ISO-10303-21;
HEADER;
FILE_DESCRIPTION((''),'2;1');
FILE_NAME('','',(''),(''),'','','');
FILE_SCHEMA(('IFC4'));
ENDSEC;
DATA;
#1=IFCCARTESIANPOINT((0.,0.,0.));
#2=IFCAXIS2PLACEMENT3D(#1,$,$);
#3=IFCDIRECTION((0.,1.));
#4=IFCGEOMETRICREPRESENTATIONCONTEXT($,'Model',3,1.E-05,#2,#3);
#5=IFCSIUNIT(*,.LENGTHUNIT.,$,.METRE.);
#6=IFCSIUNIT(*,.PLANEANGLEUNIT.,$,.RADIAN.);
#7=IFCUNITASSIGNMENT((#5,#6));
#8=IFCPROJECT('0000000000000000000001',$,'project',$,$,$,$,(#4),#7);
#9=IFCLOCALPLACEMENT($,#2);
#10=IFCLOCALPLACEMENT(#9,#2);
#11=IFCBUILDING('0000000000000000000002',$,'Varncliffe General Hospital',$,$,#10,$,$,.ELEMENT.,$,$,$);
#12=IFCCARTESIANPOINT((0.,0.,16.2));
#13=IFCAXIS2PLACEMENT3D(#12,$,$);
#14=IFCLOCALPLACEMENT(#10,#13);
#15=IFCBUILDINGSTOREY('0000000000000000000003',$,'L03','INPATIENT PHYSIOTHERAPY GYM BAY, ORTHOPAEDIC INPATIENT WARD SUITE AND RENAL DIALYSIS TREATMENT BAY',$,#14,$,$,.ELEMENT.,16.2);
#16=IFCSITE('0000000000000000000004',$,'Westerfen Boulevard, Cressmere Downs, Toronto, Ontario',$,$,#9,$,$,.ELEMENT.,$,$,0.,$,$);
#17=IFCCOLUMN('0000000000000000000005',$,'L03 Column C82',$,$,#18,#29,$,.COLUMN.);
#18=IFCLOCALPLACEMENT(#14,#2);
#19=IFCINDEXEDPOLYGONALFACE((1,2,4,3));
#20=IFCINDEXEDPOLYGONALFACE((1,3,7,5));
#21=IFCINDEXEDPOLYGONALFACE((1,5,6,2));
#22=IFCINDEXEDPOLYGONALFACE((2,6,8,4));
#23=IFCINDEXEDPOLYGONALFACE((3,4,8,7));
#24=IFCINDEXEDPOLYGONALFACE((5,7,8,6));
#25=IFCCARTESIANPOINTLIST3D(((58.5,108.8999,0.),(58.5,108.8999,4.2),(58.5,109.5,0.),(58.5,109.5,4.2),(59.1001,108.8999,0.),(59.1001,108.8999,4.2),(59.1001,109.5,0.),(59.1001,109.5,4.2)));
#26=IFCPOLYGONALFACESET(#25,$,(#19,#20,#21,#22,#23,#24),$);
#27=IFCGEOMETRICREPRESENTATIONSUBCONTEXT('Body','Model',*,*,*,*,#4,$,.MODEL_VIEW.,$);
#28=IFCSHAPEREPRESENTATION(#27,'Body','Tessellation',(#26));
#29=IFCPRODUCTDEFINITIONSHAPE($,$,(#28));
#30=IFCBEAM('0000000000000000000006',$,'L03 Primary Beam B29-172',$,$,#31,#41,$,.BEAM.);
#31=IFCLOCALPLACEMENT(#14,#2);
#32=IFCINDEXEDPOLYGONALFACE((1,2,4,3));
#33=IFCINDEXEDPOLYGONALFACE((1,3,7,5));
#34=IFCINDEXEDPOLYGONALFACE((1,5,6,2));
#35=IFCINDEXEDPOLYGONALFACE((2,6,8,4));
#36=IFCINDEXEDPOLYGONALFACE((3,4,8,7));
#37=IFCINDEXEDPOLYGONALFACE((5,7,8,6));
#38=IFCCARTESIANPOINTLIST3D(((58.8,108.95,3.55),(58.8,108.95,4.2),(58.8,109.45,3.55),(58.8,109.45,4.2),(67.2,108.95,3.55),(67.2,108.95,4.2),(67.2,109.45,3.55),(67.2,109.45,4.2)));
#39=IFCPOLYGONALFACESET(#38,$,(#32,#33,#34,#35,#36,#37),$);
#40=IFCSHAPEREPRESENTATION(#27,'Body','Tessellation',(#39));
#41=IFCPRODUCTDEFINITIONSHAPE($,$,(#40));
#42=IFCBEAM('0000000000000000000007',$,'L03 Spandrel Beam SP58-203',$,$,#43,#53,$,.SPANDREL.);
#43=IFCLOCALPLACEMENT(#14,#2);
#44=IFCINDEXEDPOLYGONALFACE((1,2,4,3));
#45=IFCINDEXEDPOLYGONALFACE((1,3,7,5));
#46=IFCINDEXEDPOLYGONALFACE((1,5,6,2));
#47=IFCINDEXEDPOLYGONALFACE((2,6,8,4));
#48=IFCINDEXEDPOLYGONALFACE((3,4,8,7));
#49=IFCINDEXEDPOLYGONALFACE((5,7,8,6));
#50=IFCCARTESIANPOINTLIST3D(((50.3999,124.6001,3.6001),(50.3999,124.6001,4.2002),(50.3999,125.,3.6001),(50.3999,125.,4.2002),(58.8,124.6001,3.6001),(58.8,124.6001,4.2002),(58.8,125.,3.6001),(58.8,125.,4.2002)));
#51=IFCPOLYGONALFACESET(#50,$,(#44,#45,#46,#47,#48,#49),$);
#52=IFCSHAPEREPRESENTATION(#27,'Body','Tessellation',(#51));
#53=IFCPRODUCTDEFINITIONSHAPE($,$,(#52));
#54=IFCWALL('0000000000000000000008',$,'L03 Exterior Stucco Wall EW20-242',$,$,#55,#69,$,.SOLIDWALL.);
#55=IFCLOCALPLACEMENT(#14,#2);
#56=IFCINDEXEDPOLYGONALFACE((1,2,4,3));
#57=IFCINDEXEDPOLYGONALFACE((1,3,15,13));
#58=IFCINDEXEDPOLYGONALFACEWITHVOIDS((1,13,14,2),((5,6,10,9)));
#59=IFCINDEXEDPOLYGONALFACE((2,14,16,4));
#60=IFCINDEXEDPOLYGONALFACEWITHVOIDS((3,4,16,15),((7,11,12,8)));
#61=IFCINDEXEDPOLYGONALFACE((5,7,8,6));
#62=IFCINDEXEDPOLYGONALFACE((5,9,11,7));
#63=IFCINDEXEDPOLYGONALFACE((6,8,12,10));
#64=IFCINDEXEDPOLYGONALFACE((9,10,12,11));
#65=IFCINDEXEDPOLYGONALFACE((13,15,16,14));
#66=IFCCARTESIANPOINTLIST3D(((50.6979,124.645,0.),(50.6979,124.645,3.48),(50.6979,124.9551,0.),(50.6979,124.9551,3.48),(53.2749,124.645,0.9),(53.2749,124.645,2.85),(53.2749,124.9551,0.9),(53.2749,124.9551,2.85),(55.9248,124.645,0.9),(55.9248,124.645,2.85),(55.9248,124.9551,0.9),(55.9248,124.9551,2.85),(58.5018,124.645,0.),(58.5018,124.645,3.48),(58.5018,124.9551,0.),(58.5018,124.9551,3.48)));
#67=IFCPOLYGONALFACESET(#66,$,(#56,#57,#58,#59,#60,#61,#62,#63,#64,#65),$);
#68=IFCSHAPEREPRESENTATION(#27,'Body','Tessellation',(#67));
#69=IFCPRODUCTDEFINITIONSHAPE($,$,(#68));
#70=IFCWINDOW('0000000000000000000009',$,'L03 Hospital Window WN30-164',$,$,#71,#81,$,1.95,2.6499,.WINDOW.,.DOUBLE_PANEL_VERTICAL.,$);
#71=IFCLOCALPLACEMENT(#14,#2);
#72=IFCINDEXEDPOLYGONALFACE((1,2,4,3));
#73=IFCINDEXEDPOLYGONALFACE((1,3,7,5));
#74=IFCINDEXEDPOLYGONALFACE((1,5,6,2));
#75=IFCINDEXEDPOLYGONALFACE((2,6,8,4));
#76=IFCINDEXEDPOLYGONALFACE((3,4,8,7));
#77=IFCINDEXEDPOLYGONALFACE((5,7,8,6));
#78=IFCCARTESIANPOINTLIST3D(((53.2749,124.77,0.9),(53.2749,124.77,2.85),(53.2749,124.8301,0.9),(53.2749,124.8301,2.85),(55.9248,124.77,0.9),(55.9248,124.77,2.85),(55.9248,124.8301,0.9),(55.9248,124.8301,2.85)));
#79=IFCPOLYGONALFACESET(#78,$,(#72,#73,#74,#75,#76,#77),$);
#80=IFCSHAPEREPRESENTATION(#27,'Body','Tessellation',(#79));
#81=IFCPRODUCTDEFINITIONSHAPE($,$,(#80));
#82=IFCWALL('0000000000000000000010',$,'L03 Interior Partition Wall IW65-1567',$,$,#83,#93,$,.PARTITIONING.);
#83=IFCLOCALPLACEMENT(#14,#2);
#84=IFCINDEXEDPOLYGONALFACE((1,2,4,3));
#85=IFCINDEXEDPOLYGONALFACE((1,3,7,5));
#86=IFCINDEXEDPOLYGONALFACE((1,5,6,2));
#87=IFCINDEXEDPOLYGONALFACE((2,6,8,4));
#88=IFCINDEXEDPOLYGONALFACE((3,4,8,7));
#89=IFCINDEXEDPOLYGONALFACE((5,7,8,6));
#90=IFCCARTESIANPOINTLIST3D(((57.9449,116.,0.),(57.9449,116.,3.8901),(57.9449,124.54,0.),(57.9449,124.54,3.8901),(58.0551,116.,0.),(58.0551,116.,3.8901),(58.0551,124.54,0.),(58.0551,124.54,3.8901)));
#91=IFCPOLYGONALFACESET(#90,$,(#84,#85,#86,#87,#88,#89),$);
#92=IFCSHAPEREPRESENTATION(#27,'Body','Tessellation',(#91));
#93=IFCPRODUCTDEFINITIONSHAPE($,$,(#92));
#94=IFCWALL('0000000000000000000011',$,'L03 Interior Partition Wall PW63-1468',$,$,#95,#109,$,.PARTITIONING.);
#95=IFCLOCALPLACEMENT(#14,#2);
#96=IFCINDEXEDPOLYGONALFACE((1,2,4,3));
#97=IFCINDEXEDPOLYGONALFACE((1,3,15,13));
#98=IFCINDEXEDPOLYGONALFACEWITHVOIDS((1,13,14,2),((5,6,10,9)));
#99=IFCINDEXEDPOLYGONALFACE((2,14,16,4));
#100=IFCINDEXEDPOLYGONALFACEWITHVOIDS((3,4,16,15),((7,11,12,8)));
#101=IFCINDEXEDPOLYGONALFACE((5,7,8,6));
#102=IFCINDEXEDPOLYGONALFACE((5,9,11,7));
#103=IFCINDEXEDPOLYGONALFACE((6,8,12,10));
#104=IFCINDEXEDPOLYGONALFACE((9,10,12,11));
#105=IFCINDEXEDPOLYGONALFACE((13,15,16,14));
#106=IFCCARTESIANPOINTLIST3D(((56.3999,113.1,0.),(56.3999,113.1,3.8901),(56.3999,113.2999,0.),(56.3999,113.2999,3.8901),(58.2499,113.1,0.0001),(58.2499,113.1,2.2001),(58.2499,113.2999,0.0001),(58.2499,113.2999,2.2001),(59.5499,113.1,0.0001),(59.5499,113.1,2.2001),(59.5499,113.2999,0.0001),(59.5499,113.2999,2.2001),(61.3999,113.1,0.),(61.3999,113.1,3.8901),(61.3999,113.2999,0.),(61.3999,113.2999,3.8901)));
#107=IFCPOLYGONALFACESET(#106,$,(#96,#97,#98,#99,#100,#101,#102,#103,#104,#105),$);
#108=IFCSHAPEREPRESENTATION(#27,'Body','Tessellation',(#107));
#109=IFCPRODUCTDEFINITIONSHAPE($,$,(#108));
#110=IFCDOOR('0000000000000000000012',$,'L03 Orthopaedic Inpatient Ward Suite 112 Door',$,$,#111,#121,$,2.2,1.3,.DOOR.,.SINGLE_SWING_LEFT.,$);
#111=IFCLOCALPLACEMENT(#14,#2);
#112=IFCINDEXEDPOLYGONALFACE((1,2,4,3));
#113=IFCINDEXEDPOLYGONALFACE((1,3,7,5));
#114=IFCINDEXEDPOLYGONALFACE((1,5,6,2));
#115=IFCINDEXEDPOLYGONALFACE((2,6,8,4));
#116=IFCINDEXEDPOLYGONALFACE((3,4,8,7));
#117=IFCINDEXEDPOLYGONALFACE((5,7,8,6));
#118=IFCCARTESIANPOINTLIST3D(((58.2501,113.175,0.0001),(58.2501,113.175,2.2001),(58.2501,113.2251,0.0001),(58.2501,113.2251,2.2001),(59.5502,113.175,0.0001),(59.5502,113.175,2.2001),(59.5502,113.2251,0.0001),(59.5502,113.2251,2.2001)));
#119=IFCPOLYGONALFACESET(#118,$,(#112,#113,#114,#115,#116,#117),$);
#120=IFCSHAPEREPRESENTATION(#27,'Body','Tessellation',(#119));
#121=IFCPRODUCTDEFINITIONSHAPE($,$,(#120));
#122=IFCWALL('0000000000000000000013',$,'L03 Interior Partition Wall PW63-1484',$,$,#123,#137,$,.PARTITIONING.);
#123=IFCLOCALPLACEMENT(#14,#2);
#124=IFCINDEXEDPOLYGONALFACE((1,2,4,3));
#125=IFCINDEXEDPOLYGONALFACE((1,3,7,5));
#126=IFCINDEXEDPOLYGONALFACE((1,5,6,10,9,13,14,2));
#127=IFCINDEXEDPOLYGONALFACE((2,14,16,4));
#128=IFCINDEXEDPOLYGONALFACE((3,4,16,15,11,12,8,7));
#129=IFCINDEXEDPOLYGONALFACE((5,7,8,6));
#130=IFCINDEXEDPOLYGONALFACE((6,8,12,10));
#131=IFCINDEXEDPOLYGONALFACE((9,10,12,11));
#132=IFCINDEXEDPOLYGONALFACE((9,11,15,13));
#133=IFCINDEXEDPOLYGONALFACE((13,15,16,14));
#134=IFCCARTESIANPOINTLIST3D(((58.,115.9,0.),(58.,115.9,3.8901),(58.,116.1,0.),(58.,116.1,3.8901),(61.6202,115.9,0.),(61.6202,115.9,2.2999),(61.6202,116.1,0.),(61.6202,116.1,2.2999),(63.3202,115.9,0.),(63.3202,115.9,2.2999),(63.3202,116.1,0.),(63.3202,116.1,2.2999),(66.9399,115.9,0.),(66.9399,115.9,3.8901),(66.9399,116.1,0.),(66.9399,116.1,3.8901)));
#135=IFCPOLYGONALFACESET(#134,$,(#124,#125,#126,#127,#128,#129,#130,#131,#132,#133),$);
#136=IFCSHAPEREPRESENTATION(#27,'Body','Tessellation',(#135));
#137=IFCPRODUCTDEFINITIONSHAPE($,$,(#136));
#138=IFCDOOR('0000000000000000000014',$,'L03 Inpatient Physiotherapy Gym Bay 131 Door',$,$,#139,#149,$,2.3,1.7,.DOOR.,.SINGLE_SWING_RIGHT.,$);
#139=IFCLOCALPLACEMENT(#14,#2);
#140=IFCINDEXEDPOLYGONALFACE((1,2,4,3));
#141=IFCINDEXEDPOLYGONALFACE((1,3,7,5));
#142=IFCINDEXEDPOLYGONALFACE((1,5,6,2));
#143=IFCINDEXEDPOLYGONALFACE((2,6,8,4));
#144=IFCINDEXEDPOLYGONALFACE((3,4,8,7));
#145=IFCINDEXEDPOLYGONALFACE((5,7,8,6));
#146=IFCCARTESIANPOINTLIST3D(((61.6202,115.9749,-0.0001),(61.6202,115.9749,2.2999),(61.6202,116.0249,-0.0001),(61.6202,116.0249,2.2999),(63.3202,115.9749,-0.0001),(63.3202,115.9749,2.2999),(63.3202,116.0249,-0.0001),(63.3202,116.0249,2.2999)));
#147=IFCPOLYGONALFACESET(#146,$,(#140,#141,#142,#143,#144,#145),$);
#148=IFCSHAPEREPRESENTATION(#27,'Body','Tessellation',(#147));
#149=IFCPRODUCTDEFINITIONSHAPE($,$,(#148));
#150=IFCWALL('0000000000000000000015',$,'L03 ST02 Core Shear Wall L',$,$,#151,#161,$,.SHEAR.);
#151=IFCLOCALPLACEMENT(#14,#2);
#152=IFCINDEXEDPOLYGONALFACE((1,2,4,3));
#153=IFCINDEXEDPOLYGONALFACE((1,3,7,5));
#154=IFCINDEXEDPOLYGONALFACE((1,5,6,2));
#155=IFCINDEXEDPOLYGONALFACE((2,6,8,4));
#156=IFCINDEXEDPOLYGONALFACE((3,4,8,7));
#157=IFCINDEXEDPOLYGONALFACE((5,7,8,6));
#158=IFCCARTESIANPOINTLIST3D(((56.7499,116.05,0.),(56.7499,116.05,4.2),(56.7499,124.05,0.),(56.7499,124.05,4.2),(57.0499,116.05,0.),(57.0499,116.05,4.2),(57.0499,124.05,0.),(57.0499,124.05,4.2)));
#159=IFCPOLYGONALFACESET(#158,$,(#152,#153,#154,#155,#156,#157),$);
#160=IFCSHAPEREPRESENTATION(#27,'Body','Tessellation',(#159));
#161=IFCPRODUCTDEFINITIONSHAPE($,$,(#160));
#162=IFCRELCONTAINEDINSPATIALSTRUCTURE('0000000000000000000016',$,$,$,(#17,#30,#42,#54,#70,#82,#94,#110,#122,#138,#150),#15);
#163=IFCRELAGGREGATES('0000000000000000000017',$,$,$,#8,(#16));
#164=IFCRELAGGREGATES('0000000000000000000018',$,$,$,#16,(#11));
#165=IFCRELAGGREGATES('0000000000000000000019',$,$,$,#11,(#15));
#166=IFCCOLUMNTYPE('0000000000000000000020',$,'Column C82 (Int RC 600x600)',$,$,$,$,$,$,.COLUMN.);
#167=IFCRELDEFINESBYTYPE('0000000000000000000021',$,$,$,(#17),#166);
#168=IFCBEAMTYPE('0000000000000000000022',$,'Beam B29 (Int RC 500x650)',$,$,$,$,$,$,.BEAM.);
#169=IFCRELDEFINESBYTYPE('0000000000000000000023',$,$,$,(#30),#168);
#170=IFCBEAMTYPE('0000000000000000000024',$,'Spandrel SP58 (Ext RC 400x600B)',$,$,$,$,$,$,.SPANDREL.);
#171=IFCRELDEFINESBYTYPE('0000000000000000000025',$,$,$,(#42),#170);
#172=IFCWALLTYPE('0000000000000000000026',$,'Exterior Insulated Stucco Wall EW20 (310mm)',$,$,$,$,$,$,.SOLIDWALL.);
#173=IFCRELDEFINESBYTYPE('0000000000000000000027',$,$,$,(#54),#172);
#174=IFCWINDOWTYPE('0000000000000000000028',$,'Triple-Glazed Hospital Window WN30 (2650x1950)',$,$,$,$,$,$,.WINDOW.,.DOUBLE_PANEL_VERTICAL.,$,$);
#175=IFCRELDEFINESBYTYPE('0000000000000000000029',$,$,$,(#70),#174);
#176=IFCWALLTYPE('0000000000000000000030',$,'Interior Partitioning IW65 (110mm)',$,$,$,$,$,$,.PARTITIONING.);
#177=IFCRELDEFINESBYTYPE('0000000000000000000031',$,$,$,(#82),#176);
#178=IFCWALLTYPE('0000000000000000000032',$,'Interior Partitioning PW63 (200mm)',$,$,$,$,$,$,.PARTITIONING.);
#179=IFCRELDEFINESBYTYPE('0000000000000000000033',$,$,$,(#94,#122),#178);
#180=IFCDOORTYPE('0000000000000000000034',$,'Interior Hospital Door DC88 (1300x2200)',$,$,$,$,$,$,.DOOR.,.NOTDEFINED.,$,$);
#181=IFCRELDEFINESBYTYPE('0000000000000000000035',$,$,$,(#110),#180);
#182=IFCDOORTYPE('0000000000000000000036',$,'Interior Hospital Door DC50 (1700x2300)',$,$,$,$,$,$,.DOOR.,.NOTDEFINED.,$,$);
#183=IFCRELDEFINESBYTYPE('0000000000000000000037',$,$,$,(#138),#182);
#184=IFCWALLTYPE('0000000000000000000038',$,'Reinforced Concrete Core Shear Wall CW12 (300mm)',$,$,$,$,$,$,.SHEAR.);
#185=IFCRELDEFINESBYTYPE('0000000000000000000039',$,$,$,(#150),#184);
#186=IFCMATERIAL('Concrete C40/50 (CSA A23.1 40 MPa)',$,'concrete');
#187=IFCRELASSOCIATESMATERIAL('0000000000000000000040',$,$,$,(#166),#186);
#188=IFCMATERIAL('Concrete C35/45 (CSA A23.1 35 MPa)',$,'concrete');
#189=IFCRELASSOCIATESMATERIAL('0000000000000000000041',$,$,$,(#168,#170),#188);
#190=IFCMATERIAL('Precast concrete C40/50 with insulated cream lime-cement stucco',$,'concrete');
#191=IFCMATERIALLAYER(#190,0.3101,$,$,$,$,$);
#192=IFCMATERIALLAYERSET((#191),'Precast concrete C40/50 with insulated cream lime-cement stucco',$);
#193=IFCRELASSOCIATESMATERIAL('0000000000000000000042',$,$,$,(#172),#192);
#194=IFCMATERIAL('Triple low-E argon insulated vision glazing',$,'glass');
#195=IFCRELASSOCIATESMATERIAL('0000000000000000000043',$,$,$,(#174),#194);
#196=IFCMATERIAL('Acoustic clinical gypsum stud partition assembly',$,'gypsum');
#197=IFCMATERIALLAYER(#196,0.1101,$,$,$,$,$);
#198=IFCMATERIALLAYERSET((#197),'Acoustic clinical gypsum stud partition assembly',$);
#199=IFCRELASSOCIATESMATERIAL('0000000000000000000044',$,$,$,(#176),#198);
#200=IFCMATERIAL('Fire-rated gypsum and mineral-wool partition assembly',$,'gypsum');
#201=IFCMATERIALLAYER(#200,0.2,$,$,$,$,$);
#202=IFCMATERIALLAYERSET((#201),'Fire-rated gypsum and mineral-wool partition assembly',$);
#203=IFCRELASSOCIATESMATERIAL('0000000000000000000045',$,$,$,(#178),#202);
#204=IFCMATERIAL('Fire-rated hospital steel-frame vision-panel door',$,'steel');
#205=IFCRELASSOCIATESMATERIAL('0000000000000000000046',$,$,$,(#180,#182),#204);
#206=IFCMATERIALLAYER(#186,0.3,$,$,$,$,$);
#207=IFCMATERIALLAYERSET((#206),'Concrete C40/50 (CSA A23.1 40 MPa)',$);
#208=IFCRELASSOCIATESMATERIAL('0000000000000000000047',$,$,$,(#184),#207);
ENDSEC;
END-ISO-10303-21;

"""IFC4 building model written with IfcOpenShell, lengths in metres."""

from ifc_helpers import new_model, si_unit, direction, frame, frame_2d, origin, origin_2d, place, context, subcontext, project, spatial, rectangle, extrude, material, layer, layer_set, material_profile, profile_set, type_object, element, fill, save


model = new_model("IFC4")

# Units and contexts
model_context = context("Model", 3, precision=1e-05, world=origin(), true_north=direction((0.0, 1.0)))
body_context = subcontext(model_context, "Body", "Model", "MODEL_VIEW")
ifc_project = project(units=[si_unit("LENGTHUNIT", "METRE"), si_unit("PLANEANGLEUNIT", "RADIAN")], contexts=[model_context])

# Site, building, storey
site_placement = place(None, origin())
site = spatial("IfcSite", under=ifc_project, at=site_placement, Name="Westerfen Boulevard, Cressmere Downs, Toronto, Ontario", CompositionType="ELEMENT", RefElevation=0.0)
building_placement = place(site_placement, origin())
building = spatial("IfcBuilding", under=site, at=building_placement, Name="Varncliffe General Hospital", CompositionType="ELEMENT")
storey_placement = place(building_placement, frame((0.0, 0.0, 16.2)))
storey = spatial("IfcBuildingStorey", under=building, at=storey_placement, Name="L03", Description="INPATIENT PHYSIOTHERAPY GYM BAY, ORTHOPAEDIC INPATIENT WARD SUITE AND RENAL DIALYSIS TREATMENT BAY", CompositionType="ELEMENT", Elevation=16.2)

# Column
ifc_material_1 = material(Name="Concrete C40/50 (CSA A23.1 40 MPa)", Category="concrete")
ifc_material_profile_1 = material_profile(ifc_material_1, rectangle(XDim=0.6001, YDim=0.6001, at=origin_2d()), Name="RC 600x600")
ifc_profile_set_1 = profile_set([ifc_material_profile_1], Name="Concrete C40/50 (CSA A23.1 40 MPa)")
column_type = type_object("IfcColumnType", Name="Column C82 (Int RC 600x600)", PredefinedType="COLUMN", material=ifc_profile_set_1)
column_placement = place(storey_placement, frame((58.8, 109.2, 0.0), z_axis=(0.0, 0.0, 1.0), x_axis=(1.0, 0.0, 0.0)))
element("IfcColumn", 1, at=column_placement, inside=storey, type_object=column_type, Name="L03 Column C82", PredefinedType="COLUMN", context=body_context, shape_type="SweptSolid", body=[
    extrude(rectangle(XDim=0.6001, YDim=0.6001, at=origin_2d()), origin(), (0.0, 0.0, 1.0), 4.2),
])

# Beams
ifc_material_2 = material(Name="Concrete C35/45 (CSA A23.1 35 MPa)", Category="concrete")
ifc_material_profile_2 = material_profile(ifc_material_2, rectangle(XDim=0.5, YDim=0.6499, at=origin_2d()), Name="RC 500x650")
ifc_profile_set_2 = profile_set([ifc_material_profile_2], Name="Concrete C35/45 (CSA A23.1 35 MPa)")
beam_type_1 = type_object("IfcBeamType", Name="Beam B29 (Int RC 500x650)", PredefinedType="BEAM", material=ifc_profile_set_2)
beam_1_placement = place(storey_placement, frame((58.8, 109.2, 3.875), z_axis=(1.0, 0.0, 0.0), x_axis=(0.0, 1.0, 0.0)))
element("IfcBeam", 2, at=beam_1_placement, inside=storey, type_object=beam_type_1, Name="L03 Primary Beam B29-172", PredefinedType="BEAM", context=body_context, shape_type="SweptSolid", body=[
    extrude(rectangle(XDim=0.5, YDim=0.6499, at=origin_2d()), origin(), (0.0, 0.0, 1.0), 8.3999),
])
ifc_material_profile_3 = material_profile(ifc_material_2, rectangle(XDim=0.3999, YDim=0.6001, at=origin_2d()), Name="RC 400x600")
ifc_profile_set_3 = profile_set([ifc_material_profile_3], Name="Concrete C35/45 (CSA A23.1 35 MPa)")
beam_type_2 = type_object("IfcBeamType", Name="Spandrel SP58 (Ext RC 400x600B)", PredefinedType="SPANDREL", material=ifc_profile_set_3)
beam_2_placement = place(storey_placement, frame((50.3999, 124.8, 3.9001), z_axis=(1.0, 0.0, 0.0), x_axis=(0.0, 1.0, 0.0)))
element("IfcBeam", 3, at=beam_2_placement, inside=storey, type_object=beam_type_2, Name="L03 Spandrel Beam SP58-203", PredefinedType="SPANDREL", context=body_context, shape_type="SweptSolid", body=[
    extrude(rectangle(XDim=0.3999, YDim=0.6001, at=origin_2d()), origin(), (0.0, 0.0, 1.0), 8.4001),
])

# Wall, opening, window
ifc_material_3 = material(Name="Precast concrete C40/50 with insulated cream lime-cement stucco", Category="concrete")
ifc_layer_1 = layer(ifc_material_3, 0.3101)
ifc_layer_set_1 = layer_set([ifc_layer_1], Name="Precast concrete C40/50 with insulated cream lime-cement stucco")
wall_type_1 = type_object("IfcWallType", Name="Exterior Insulated Stucco Wall EW20 (310mm)", PredefinedType="SOLIDWALL", material=ifc_layer_set_1)
wall_1_placement = place(storey_placement, frame((50.698, 124.8, 0.0), z_axis=(0.0, 0.0, 1.0), x_axis=(1.0, 0.0, 0.0)))
wall_1 = element("IfcWall", 4, at=wall_1_placement, inside=storey, type_object=wall_type_1, Name="L03 Exterior Stucco Wall EW20-242", PredefinedType="SOLIDWALL", context=body_context, shape_type="SweptSolid", body=[
    extrude(rectangle(XDim=7.804, YDim=0.3101, at=frame_2d((3.9019, 0.0))), origin(), (0.0, 0.0, 1.0), 3.48),
])
opening_1_placement = place(wall_1_placement, frame((2.5769, 0.0, 0.8999)))
opening_1 = element("IfcOpeningElement", 5, at=opening_1_placement, cuts=wall_1, PredefinedType="OPENING", context=body_context, shape_type="SweptSolid", body=[
    extrude(rectangle(XDim=2.6499, YDim=1.95, at=frame_2d((1.325, 0.9751))), frame((0.0, 0.165, 0.0), z_axis=(0.0, -1.0, 0.0), x_axis=(1.0, 0.0, 0.0)), (0.0, 0.0, 1.0), 0.3301),
])
ifc_material_4 = material(Name="Triple low-E argon insulated vision glazing", Category="glass")
window_type = type_object("IfcWindowType", Name="Triple-Glazed Hospital Window WN30 (2650x1950)", PartitioningType="DOUBLE_PANEL_VERTICAL", PredefinedType="WINDOW", material=ifc_material_4)
window_placement = place(opening_1_placement, origin())
window = element("IfcWindow", 6, at=window_placement, inside=storey, type_object=window_type, Name="L03 Hospital Window WN30-164", OverallHeight=1.95, OverallWidth=2.6499, PartitioningType="DOUBLE_PANEL_VERTICAL", PredefinedType="WINDOW", context=body_context, shape_type="SweptSolid", body=[
    extrude(rectangle(XDim=2.6499, YDim=1.95, at=frame_2d((1.325, 0.9751))), frame((0.0, 0.03, 0.0), z_axis=(0.0, -1.0, 0.0), x_axis=(1.0, 0.0, 0.0)), (0.0, 0.0, 1.0), 0.0601),
])
fill(opening_1, window)

# Wall
ifc_material_5 = material(Name="Acoustic clinical gypsum stud partition assembly", Category="gypsum")
ifc_layer_2 = layer(ifc_material_5, 0.1101)
ifc_layer_set_2 = layer_set([ifc_layer_2], Name="Acoustic clinical gypsum stud partition assembly")
wall_type_2 = type_object("IfcWallType", Name="Interior Partitioning IW65 (110mm)", PredefinedType="PARTITIONING", material=ifc_layer_set_2)
wall_2_placement = place(storey_placement, frame((58.0, 116.0, 0.0), z_axis=(0.0, 0.0, 1.0), x_axis=(0.0, 1.0, 0.0)))
element("IfcWall", 7, at=wall_2_placement, inside=storey, type_object=wall_type_2, Name="L03 Interior Partition Wall IW65-1567", PredefinedType="PARTITIONING", context=body_context, shape_type="SweptSolid", body=[
    extrude(rectangle(XDim=8.54, YDim=0.1101, at=frame_2d((4.27, 0.0))), origin(), (0.0, 0.0, 1.0), 3.8901),
])

# Walls, openings, doors
ifc_material_6 = material(Name="Fire-rated gypsum and mineral-wool partition assembly", Category="gypsum")
ifc_layer_3 = layer(ifc_material_6, 0.2)
ifc_layer_set_3 = layer_set([ifc_layer_3], Name="Fire-rated gypsum and mineral-wool partition assembly")
wall_type_3 = type_object("IfcWallType", Name="Interior Partitioning PW63 (200mm)", PredefinedType="PARTITIONING", material=ifc_layer_set_3)
wall_3_placement = place(storey_placement, frame((56.3999, 113.2, 0.0), z_axis=(0.0, 0.0, 1.0), x_axis=(1.0, 0.0, 0.0)))
wall_3 = element("IfcWall", 8, at=wall_3_placement, inside=storey, type_object=wall_type_3, Name="L03 Interior Partition Wall PW63-1468", PredefinedType="PARTITIONING", context=body_context, shape_type="SweptSolid", body=[
    extrude(rectangle(XDim=5.0, YDim=0.2, at=frame_2d((2.5, 0.0))), origin(), (0.0, 0.0, 1.0), 3.8901),
])
opening_2_placement = place(wall_3_placement, frame((1.8501, 0.0, 0.0)))
opening_2 = element("IfcOpeningElement", 9, at=opening_2_placement, cuts=wall_3, PredefinedType="OPENING", context=body_context, shape_type="SweptSolid", body=[
    extrude(rectangle(XDim=1.3, YDim=2.2, at=frame_2d((0.6499, 1.1001))), frame((0.0, 0.1099, 0.0), z_axis=(0.0, -1.0, 0.0), x_axis=(1.0, 0.0, 0.0)), (0.0, 0.0, 1.0), 0.22),
])
ifc_material_7 = material(Name="Fire-rated hospital steel-frame vision-panel door", Category="steel")
door_type_1 = type_object("IfcDoorType", Name="Interior Hospital Door DC88 (1300x2200)", OperationType="NOTDEFINED", PredefinedType="DOOR", material=ifc_material_7)
door_1_placement = place(opening_2_placement, frame((1.3, 0.0, 0.0), z_axis=(0.0, 0.0, 1.0), x_axis=(-1.0, 0.0, 0.0)))
door_1 = element("IfcDoor", 10, at=door_1_placement, inside=storey, type_object=door_type_1, Name="L03 Orthopaedic Inpatient Ward Suite 112 Door", OperationType="SINGLE_SWING_LEFT", OverallHeight=2.2, OverallWidth=1.3, PredefinedType="DOOR", context=body_context, shape_type="SweptSolid", body=[
    extrude(rectangle(XDim=1.3, YDim=2.2, at=frame_2d((0.6499, 1.1001))), frame((0.0, 0.0249, 0.0), z_axis=(0.0, -1.0, 0.0), x_axis=(1.0, 0.0, 0.0)), (0.0, 0.0, 1.0), 0.05),
])
fill(opening_2, door_1)
wall_4_placement = place(storey_placement, frame((58.0, 116.0, 0.0), z_axis=(0.0, 0.0, 1.0), x_axis=(1.0, 0.0, 0.0)))
wall_4 = element("IfcWall", 11, at=wall_4_placement, inside=storey, type_object=wall_type_3, Name="L03 Interior Partition Wall PW63-1484", PredefinedType="PARTITIONING", context=body_context, shape_type="SweptSolid", body=[
    extrude(rectangle(XDim=8.9399, YDim=0.2, at=frame_2d((4.47, 0.0))), origin(), (0.0, 0.0, 1.0), 3.8901),
])
opening_3_placement = place(wall_4_placement, frame((3.6201, 0.0, 0.0)))
opening_3 = element("IfcOpeningElement", 12, at=opening_3_placement, cuts=wall_4, PredefinedType="OPENING", context=body_context, shape_type="SweptSolid", body=[
    extrude(rectangle(XDim=1.7, YDim=2.3, at=frame_2d((0.8501, 1.1499))), frame((0.0, 0.1099, 0.0), z_axis=(0.0, -1.0, 0.0), x_axis=(1.0, 0.0, 0.0)), (0.0, 0.0, 1.0), 0.22),
])
door_type_2 = type_object("IfcDoorType", Name="Interior Hospital Door DC50 (1700x2300)", OperationType="NOTDEFINED", PredefinedType="DOOR", material=ifc_material_7)
door_2_placement = place(opening_3_placement, origin())
door_2 = element("IfcDoor", 13, at=door_2_placement, inside=storey, type_object=door_type_2, Name="L03 Inpatient Physiotherapy Gym Bay 131 Door", OperationType="SINGLE_SWING_RIGHT", OverallHeight=2.3, OverallWidth=1.7, PredefinedType="DOOR", context=body_context, shape_type="SweptSolid", body=[
    extrude(rectangle(XDim=1.7, YDim=2.3, at=frame_2d((0.8501, 1.1499))), frame((0.0, 0.0249, 0.0), z_axis=(0.0, -1.0, 0.0), x_axis=(1.0, 0.0, 0.0)), (0.0, 0.0, 1.0), 0.05),
])
fill(opening_3, door_2)

# Wall
ifc_layer_4 = layer(ifc_material_1, 0.3)
ifc_layer_set_4 = layer_set([ifc_layer_4], Name="Concrete C40/50 (CSA A23.1 40 MPa)")
wall_type_4 = type_object("IfcWallType", Name="Reinforced Concrete Core Shear Wall CW12 (300mm)", PredefinedType="SHEAR", material=ifc_layer_set_4)
wall_5_placement = place(storey_placement, frame((56.8999, 116.05, 0.0), z_axis=(0.0, 0.0, 1.0), x_axis=(0.0, 1.0, 0.0)))
element("IfcWall", 14, at=wall_5_placement, inside=storey, type_object=wall_type_4, Name="L03 ST02 Core Shear Wall L", PredefinedType="SHEAR", context=body_context, shape_type="SweptSolid", body=[
    extrude(rectangle(XDim=8.0, YDim=0.3, at=frame_2d((4.0, 0.0))), origin(), (0.0, 0.0, 1.0), 4.2),
])

save(model, "model.ifc")
